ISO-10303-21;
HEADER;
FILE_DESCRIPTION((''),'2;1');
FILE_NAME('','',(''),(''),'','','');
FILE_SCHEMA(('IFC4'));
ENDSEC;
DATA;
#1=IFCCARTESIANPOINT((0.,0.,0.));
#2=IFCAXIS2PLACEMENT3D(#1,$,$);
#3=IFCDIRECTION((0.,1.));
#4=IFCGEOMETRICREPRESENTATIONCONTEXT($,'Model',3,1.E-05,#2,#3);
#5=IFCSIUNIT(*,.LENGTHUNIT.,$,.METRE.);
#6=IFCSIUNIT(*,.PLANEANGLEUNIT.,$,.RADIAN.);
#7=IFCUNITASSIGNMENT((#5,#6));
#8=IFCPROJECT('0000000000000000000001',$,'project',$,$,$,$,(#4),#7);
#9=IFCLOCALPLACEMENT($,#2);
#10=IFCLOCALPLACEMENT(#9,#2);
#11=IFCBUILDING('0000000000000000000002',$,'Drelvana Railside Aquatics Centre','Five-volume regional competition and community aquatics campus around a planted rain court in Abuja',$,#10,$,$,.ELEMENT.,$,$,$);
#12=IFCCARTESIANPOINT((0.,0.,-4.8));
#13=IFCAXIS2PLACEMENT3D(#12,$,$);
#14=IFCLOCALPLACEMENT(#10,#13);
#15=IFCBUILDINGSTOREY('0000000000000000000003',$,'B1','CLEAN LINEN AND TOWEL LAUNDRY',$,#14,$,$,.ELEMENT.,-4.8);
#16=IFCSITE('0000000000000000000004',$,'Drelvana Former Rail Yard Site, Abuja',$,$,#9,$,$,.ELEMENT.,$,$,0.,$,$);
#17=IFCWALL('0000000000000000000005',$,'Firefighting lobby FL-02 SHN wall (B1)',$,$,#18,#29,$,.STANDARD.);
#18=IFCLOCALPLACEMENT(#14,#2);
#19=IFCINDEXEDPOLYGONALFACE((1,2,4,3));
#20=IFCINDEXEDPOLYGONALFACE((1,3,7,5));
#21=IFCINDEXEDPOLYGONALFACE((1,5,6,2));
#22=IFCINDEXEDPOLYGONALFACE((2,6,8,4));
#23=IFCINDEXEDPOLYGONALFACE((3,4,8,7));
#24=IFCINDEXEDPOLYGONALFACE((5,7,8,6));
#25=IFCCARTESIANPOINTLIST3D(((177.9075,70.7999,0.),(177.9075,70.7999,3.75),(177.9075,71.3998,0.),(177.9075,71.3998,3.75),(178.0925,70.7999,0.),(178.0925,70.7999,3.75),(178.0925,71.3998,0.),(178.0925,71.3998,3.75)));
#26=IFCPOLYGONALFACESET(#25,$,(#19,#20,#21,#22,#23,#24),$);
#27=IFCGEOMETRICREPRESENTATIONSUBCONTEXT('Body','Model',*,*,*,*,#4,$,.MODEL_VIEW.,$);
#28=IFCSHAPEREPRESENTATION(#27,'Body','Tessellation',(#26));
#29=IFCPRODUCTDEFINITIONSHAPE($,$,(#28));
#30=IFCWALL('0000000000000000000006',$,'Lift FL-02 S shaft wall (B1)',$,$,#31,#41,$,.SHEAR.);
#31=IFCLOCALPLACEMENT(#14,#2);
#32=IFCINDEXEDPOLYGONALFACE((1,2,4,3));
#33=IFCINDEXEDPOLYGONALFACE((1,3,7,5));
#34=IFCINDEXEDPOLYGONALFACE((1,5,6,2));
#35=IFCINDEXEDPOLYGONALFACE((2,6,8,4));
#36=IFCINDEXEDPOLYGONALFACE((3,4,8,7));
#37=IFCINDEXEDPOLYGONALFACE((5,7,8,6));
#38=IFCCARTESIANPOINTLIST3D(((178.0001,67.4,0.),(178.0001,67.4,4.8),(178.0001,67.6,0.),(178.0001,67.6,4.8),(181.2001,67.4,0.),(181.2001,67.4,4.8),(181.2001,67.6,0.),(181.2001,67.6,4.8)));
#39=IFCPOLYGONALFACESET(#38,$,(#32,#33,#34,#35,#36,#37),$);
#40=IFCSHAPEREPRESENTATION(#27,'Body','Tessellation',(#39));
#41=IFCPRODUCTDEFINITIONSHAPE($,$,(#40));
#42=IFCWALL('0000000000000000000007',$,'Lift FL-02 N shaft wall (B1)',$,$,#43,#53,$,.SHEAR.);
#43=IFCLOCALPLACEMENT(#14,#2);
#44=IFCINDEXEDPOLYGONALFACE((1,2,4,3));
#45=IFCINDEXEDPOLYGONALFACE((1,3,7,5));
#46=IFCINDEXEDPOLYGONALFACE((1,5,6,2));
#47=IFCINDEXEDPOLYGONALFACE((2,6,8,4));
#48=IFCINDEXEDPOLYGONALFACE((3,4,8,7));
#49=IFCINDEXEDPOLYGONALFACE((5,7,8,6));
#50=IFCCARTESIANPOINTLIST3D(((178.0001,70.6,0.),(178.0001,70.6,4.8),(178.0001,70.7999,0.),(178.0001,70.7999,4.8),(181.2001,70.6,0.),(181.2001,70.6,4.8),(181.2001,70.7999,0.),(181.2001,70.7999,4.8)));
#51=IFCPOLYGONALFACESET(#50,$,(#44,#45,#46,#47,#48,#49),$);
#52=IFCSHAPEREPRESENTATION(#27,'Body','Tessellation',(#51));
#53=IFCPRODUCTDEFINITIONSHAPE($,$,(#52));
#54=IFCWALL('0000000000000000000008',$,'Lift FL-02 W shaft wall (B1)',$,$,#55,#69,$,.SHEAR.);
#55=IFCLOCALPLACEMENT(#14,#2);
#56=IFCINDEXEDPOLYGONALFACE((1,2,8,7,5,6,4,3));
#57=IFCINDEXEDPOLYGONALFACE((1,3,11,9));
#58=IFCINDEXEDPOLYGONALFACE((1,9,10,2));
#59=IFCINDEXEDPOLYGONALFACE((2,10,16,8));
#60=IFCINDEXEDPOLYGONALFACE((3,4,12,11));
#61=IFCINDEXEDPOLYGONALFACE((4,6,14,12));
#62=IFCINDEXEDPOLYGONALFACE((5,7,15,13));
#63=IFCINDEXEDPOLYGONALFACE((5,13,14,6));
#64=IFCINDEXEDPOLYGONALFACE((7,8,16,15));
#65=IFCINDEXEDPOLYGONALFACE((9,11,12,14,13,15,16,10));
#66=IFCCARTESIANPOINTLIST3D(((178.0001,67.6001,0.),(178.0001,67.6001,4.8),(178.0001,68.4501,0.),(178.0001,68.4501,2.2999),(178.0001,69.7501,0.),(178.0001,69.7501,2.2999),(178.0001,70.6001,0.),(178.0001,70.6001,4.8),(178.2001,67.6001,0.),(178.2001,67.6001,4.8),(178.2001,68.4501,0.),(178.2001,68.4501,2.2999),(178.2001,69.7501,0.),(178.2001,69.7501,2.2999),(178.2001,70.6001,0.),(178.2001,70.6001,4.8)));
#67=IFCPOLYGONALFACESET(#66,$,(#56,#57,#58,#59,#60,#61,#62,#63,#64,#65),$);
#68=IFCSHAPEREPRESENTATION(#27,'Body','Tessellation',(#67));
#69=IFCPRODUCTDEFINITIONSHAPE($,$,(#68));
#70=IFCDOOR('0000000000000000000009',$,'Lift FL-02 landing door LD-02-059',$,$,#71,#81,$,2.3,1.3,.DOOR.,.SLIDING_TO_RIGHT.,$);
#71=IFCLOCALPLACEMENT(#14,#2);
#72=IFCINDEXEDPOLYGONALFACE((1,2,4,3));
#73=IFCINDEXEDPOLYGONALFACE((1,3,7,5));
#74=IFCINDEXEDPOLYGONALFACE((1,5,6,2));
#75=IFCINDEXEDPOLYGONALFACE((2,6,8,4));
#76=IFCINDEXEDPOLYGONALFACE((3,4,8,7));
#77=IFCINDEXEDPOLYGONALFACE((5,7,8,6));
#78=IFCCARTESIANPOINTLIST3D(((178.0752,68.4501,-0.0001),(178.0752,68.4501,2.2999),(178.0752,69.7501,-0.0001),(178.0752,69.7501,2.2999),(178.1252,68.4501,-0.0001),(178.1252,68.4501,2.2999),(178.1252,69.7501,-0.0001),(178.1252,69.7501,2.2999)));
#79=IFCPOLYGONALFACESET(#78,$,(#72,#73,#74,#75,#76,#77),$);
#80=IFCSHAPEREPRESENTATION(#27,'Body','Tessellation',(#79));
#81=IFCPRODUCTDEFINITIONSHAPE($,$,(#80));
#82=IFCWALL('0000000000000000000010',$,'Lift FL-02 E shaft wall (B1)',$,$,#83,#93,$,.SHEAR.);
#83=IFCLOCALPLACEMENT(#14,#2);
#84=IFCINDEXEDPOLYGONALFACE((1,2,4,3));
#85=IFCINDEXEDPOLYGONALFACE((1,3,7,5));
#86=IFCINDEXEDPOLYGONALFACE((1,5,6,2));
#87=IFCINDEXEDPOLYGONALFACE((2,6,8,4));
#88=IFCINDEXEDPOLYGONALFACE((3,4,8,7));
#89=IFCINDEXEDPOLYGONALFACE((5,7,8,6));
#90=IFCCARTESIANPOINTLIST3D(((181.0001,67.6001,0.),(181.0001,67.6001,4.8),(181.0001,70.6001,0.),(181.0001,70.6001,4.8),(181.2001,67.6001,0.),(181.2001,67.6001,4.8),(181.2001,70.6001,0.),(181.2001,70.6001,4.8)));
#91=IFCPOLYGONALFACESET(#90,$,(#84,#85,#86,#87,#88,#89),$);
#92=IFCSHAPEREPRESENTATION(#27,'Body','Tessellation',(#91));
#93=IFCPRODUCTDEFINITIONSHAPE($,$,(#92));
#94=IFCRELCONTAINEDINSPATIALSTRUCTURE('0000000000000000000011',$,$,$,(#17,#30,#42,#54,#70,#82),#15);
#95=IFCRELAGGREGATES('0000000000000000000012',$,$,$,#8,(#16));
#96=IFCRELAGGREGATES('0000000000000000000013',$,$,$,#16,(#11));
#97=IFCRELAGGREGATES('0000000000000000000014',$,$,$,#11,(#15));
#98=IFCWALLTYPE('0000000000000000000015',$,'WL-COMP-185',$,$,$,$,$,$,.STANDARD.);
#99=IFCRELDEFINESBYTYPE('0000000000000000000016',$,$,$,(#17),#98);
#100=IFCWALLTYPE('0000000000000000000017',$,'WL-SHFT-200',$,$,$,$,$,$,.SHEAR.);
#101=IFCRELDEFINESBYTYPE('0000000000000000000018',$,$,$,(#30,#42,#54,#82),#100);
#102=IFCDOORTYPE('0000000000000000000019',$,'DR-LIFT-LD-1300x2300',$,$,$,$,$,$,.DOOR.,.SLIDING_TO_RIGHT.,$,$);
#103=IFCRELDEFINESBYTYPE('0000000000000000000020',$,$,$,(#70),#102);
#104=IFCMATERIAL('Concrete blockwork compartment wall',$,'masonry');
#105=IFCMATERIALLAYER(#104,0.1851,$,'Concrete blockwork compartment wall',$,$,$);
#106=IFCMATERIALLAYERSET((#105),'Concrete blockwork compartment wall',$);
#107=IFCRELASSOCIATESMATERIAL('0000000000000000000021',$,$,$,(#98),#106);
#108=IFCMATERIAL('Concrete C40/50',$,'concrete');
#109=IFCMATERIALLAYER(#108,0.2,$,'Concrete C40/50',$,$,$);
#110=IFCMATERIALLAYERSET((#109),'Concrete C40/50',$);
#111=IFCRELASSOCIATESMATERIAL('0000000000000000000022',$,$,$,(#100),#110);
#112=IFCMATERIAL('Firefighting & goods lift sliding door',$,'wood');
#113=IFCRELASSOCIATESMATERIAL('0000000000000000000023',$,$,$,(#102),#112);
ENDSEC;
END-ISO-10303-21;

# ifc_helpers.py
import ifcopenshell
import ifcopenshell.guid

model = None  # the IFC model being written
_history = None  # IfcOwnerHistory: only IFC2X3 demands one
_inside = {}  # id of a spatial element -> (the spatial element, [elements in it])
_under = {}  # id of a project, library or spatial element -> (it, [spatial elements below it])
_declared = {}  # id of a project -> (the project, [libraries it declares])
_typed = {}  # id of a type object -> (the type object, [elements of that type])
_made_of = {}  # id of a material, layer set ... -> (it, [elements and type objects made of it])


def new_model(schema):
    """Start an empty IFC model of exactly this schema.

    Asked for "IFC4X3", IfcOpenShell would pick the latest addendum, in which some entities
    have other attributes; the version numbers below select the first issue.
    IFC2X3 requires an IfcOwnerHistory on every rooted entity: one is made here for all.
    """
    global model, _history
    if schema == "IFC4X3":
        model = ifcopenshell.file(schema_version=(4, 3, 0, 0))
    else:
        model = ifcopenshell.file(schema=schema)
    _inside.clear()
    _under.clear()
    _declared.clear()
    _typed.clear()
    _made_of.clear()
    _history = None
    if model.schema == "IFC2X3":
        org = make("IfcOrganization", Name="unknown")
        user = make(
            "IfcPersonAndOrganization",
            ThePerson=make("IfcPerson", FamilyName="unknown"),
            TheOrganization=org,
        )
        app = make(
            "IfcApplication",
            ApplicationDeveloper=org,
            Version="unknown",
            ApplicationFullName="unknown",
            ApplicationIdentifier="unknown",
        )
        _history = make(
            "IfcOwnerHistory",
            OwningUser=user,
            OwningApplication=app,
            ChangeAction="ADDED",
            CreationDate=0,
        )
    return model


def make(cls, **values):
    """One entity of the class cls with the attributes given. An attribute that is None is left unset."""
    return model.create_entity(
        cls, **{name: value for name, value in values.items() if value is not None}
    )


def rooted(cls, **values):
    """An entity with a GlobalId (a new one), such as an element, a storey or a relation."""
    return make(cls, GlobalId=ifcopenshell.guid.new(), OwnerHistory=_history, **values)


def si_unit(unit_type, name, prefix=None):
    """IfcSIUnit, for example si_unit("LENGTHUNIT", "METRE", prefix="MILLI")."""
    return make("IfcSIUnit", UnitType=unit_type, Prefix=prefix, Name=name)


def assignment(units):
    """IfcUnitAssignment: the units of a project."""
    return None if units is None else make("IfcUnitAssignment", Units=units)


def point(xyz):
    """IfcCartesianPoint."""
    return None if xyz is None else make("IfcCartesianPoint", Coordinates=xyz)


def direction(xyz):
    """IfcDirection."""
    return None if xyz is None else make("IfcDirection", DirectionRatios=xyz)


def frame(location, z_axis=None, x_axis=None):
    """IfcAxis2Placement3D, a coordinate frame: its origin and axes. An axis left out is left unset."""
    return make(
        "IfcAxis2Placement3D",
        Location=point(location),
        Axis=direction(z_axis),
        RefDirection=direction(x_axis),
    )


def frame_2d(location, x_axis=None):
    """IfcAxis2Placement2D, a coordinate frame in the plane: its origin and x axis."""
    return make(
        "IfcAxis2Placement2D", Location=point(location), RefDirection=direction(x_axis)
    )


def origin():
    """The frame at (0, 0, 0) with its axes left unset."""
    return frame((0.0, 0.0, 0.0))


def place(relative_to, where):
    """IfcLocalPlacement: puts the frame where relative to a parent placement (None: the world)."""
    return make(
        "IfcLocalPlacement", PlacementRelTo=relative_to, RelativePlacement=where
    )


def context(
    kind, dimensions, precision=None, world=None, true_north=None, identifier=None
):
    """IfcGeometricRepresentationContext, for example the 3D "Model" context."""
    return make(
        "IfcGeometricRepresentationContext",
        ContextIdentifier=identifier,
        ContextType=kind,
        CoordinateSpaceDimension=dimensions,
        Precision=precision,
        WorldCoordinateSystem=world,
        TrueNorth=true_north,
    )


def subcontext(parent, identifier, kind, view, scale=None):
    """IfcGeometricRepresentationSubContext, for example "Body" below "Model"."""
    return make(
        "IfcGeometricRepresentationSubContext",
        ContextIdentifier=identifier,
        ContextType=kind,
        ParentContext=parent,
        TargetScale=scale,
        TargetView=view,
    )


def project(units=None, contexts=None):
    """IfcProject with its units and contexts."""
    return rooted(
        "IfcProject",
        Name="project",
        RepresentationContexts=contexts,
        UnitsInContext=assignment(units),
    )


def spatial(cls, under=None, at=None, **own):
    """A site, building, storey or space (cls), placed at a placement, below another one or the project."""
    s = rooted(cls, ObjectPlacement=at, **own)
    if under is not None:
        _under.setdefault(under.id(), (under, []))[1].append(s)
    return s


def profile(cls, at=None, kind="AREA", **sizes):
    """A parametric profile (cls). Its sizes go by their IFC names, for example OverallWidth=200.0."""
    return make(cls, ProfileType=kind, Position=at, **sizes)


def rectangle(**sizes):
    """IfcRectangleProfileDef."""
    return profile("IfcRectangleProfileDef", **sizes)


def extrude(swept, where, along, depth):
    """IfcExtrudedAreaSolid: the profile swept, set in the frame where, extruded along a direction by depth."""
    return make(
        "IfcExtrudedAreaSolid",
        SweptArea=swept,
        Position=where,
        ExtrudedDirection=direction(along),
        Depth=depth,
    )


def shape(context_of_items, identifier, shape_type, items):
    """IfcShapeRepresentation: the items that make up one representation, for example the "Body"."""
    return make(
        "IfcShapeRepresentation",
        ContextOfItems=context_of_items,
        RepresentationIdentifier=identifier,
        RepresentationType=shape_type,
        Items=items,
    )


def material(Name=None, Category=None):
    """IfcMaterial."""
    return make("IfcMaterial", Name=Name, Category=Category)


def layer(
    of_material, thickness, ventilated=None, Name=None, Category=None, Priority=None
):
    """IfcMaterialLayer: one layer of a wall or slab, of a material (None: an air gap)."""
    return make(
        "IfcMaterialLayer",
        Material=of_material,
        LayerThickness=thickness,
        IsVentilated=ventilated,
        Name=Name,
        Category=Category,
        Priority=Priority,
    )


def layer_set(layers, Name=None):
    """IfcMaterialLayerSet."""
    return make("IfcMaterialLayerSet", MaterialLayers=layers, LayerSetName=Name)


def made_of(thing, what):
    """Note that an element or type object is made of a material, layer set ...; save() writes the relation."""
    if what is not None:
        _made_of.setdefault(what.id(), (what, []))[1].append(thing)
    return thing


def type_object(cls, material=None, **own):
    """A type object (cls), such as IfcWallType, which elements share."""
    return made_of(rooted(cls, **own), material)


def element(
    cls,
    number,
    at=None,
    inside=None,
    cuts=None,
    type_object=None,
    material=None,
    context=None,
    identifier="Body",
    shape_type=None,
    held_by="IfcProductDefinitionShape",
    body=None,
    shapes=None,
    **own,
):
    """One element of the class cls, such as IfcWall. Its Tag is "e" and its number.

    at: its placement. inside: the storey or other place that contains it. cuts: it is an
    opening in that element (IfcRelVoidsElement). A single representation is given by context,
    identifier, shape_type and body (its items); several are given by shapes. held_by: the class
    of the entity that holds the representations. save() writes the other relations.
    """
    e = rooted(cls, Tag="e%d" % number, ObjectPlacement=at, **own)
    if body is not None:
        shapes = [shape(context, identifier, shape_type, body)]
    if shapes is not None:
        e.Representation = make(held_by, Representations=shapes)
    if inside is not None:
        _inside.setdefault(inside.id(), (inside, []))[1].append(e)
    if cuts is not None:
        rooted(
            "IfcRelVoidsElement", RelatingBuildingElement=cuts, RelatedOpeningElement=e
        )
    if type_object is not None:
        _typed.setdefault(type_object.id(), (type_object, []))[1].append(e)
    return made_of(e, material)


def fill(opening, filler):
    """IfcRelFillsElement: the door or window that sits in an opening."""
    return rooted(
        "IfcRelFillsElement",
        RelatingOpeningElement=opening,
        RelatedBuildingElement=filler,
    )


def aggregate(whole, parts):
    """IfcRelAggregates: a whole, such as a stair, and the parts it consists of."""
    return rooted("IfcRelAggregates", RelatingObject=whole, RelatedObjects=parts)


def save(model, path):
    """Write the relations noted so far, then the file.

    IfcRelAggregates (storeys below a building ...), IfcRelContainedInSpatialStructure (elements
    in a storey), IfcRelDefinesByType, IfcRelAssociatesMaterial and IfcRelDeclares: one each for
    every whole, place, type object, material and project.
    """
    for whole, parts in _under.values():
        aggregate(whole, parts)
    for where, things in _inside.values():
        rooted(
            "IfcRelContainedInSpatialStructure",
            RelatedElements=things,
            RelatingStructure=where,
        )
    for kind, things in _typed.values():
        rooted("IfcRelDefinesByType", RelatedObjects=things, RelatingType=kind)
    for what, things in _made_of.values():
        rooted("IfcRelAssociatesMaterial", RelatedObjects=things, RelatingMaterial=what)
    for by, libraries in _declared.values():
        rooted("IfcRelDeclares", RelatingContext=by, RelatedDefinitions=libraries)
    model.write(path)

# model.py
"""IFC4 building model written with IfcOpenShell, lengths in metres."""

from ifc_helpers import new_model, si_unit, direction, frame, frame_2d, origin, place, context, subcontext, project, spatial, rectangle, extrude, material, layer, layer_set, type_object, element, fill, save


model = new_model("IFC4")

# Units and contexts
model_context = context("Model", 3, precision=1e-05, world=origin(), true_north=direction((0.0, 1.0)))
body_context = subcontext(model_context, "Body", "Model", "MODEL_VIEW")
ifc_project = project(units=[si_unit("LENGTHUNIT", "METRE"), si_unit("PLANEANGLEUNIT", "RADIAN")], contexts=[model_context])

# Site, building, storey
site_placement = place(None, origin())
site = spatial("IfcSite", under=ifc_project, at=site_placement, Name="Drelvana Former Rail Yard Site, Abuja", CompositionType="ELEMENT", RefElevation=0.0)
building_placement = place(site_placement, origin())
building = spatial("IfcBuilding", under=site, at=building_placement, Name="Drelvana Railside Aquatics Centre", Description="Five-volume regional competition and community aquatics campus around a planted rain court in Abuja", CompositionType="ELEMENT")
storey_placement = place(building_placement, frame((0.0, 0.0, -4.8)))
storey = spatial("IfcBuildingStorey", under=building, at=storey_placement, Name="B1", Description="CLEAN LINEN AND TOWEL LAUNDRY", CompositionType="ELEMENT", Elevation=-4.8)

# Shared definitions
ifc_material_1 = material(Name="Concrete C40/50", Category="concrete")

# Walls
ifc_material_2 = material(Name="Concrete blockwork compartment wall", Category="masonry")
ifc_layer_1 = layer(ifc_material_2, 0.1851, Name="Concrete blockwork compartment wall")
ifc_layer_set_1 = layer_set([ifc_layer_1], Name="Concrete blockwork compartment wall")
wall_type_1 = type_object("IfcWallType", Name="WL-COMP-185", PredefinedType="STANDARD", material=ifc_layer_set_1)
for number, where, z_axis, x_axis, name in (
    (1, (178.0, 70.8, 0.0), (0.0, 0.0, 1.0), (0.0, 1.0, 0.0), "Firefighting lobby FL-02 SHN wall (B1)"),
):
    element("IfcWall", number, at=place(storey_placement, frame(where, z_axis=z_axis, x_axis=x_axis)), inside=storey, type_object=wall_type_1, Name=name, PredefinedType="STANDARD", context=body_context, shape_type="SweptSolid", body=[
        extrude(rectangle(XDim=0.5999, YDim=0.1851, at=frame_2d((0.2998, 0.0))), origin(), (0.0, 0.0, 1.0), 3.75),
    ])
ifc_layer_2 = layer(ifc_material_1, 0.2, Name="Concrete C40/50")
ifc_layer_set_2 = layer_set([ifc_layer_2], Name="Concrete C40/50")
wall_type_2 = type_object("IfcWallType", Name="WL-SHFT-200", PredefinedType="SHEAR", material=ifc_layer_set_2)
for number, where, z_axis, x_axis, name in (
    (2, (178.0, 67.5, 0.0), (0.0, 0.0, 1.0), (1.0, 0.0, 0.0), "Lift FL-02 S shaft wall (B1)"),
    (3, (178.0, 70.7, 0.0), (0.0, 0.0, 1.0), (1.0, 0.0, 0.0), "Lift FL-02 N shaft wall (B1)"),
):
    element("IfcWall", number, at=place(storey_placement, frame(where, z_axis=z_axis, x_axis=x_axis)), inside=storey, type_object=wall_type_2, Name=name, PredefinedType="SHEAR", context=body_context, shape_type="SweptSolid", body=[
        extrude(rectangle(XDim=3.2, YDim=0.2, at=frame_2d((1.6001, 0.0))), origin(), (0.0, 0.0, 1.0), 4.8),
    ])

# Wall, opening, door
wall_1_placement = place(storey_placement, frame((178.1001, 67.6001, 0.0), z_axis=(0.0, 0.0, 1.0), x_axis=(0.0, 1.0, 0.0)))
wall_1 = element("IfcWall", 4, at=wall_1_placement, inside=storey, type_object=wall_type_2, Name="Lift FL-02 W shaft wall (B1)", PredefinedType="SHEAR", context=body_context, shape_type="SweptSolid", body=[
    extrude(rectangle(XDim=3.0, YDim=0.2, at=frame_2d((1.5, 0.0))), origin(), (0.0, 0.0, 1.0), 4.8),
])
opening_placement = place(wall_1_placement, frame((0.8501, 0.0, 0.0)))
opening = element("IfcOpeningElement", 5, at=opening_placement, cuts=wall_1, PredefinedType="OPENING", context=body_context, shape_type="SweptSolid", body=[
    extrude(rectangle(XDim=1.3, YDim=2.3, at=frame_2d((0.6499, 1.1499))), frame((0.0, 0.1099, 0.0), z_axis=(0.0, -1.0, 0.0), x_axis=(1.0, 0.0, 0.0)), (0.0, 0.0, 1.0), 0.22),
])
ifc_material_3 = material(Name="Firefighting & goods lift sliding door", Category="wood")
door_type = type_object("IfcDoorType", Name="DR-LIFT-LD-1300x2300", OperationType="SLIDING_TO_RIGHT", PredefinedType="DOOR", material=ifc_material_3)
door_placement = place(opening_placement, origin())
door = element("IfcDoor", 6, at=door_placement, inside=storey, type_object=door_type, Name="Lift FL-02 landing door LD-02-059", OperationType="SLIDING_TO_RIGHT", OverallHeight=2.3, OverallWidth=1.3, PredefinedType="DOOR", context=body_context, shape_type="SweptSolid", body=[
    extrude(rectangle(XDim=1.3, YDim=2.3, at=frame_2d((0.6499, 1.1499))), frame((0.0, 0.0249, 0.0), z_axis=(0.0, -1.0, 0.0), x_axis=(1.0, 0.0, 0.0)), (0.0, 0.0, 1.0), 0.05),
])
fill(opening, door)

# Wall
wall_2_placement = place(storey_placement, frame((181.1001, 67.6001, 0.0), z_axis=(0.0, 0.0, 1.0), x_axis=(0.0, 1.0, 0.0)))
element("IfcWall", 7, at=wall_2_placement, inside=storey, type_object=wall_type_2, Name="Lift FL-02 E shaft wall (B1)", PredefinedType="SHEAR", context=body_context, shape_type="SweptSolid", body=[
    extrude(rectangle(XDim=3.0, YDim=0.2, at=frame_2d((1.5, 0.0))), origin(), (0.0, 0.0, 1.0), 4.8),
])

save(model, "model.ifc")
